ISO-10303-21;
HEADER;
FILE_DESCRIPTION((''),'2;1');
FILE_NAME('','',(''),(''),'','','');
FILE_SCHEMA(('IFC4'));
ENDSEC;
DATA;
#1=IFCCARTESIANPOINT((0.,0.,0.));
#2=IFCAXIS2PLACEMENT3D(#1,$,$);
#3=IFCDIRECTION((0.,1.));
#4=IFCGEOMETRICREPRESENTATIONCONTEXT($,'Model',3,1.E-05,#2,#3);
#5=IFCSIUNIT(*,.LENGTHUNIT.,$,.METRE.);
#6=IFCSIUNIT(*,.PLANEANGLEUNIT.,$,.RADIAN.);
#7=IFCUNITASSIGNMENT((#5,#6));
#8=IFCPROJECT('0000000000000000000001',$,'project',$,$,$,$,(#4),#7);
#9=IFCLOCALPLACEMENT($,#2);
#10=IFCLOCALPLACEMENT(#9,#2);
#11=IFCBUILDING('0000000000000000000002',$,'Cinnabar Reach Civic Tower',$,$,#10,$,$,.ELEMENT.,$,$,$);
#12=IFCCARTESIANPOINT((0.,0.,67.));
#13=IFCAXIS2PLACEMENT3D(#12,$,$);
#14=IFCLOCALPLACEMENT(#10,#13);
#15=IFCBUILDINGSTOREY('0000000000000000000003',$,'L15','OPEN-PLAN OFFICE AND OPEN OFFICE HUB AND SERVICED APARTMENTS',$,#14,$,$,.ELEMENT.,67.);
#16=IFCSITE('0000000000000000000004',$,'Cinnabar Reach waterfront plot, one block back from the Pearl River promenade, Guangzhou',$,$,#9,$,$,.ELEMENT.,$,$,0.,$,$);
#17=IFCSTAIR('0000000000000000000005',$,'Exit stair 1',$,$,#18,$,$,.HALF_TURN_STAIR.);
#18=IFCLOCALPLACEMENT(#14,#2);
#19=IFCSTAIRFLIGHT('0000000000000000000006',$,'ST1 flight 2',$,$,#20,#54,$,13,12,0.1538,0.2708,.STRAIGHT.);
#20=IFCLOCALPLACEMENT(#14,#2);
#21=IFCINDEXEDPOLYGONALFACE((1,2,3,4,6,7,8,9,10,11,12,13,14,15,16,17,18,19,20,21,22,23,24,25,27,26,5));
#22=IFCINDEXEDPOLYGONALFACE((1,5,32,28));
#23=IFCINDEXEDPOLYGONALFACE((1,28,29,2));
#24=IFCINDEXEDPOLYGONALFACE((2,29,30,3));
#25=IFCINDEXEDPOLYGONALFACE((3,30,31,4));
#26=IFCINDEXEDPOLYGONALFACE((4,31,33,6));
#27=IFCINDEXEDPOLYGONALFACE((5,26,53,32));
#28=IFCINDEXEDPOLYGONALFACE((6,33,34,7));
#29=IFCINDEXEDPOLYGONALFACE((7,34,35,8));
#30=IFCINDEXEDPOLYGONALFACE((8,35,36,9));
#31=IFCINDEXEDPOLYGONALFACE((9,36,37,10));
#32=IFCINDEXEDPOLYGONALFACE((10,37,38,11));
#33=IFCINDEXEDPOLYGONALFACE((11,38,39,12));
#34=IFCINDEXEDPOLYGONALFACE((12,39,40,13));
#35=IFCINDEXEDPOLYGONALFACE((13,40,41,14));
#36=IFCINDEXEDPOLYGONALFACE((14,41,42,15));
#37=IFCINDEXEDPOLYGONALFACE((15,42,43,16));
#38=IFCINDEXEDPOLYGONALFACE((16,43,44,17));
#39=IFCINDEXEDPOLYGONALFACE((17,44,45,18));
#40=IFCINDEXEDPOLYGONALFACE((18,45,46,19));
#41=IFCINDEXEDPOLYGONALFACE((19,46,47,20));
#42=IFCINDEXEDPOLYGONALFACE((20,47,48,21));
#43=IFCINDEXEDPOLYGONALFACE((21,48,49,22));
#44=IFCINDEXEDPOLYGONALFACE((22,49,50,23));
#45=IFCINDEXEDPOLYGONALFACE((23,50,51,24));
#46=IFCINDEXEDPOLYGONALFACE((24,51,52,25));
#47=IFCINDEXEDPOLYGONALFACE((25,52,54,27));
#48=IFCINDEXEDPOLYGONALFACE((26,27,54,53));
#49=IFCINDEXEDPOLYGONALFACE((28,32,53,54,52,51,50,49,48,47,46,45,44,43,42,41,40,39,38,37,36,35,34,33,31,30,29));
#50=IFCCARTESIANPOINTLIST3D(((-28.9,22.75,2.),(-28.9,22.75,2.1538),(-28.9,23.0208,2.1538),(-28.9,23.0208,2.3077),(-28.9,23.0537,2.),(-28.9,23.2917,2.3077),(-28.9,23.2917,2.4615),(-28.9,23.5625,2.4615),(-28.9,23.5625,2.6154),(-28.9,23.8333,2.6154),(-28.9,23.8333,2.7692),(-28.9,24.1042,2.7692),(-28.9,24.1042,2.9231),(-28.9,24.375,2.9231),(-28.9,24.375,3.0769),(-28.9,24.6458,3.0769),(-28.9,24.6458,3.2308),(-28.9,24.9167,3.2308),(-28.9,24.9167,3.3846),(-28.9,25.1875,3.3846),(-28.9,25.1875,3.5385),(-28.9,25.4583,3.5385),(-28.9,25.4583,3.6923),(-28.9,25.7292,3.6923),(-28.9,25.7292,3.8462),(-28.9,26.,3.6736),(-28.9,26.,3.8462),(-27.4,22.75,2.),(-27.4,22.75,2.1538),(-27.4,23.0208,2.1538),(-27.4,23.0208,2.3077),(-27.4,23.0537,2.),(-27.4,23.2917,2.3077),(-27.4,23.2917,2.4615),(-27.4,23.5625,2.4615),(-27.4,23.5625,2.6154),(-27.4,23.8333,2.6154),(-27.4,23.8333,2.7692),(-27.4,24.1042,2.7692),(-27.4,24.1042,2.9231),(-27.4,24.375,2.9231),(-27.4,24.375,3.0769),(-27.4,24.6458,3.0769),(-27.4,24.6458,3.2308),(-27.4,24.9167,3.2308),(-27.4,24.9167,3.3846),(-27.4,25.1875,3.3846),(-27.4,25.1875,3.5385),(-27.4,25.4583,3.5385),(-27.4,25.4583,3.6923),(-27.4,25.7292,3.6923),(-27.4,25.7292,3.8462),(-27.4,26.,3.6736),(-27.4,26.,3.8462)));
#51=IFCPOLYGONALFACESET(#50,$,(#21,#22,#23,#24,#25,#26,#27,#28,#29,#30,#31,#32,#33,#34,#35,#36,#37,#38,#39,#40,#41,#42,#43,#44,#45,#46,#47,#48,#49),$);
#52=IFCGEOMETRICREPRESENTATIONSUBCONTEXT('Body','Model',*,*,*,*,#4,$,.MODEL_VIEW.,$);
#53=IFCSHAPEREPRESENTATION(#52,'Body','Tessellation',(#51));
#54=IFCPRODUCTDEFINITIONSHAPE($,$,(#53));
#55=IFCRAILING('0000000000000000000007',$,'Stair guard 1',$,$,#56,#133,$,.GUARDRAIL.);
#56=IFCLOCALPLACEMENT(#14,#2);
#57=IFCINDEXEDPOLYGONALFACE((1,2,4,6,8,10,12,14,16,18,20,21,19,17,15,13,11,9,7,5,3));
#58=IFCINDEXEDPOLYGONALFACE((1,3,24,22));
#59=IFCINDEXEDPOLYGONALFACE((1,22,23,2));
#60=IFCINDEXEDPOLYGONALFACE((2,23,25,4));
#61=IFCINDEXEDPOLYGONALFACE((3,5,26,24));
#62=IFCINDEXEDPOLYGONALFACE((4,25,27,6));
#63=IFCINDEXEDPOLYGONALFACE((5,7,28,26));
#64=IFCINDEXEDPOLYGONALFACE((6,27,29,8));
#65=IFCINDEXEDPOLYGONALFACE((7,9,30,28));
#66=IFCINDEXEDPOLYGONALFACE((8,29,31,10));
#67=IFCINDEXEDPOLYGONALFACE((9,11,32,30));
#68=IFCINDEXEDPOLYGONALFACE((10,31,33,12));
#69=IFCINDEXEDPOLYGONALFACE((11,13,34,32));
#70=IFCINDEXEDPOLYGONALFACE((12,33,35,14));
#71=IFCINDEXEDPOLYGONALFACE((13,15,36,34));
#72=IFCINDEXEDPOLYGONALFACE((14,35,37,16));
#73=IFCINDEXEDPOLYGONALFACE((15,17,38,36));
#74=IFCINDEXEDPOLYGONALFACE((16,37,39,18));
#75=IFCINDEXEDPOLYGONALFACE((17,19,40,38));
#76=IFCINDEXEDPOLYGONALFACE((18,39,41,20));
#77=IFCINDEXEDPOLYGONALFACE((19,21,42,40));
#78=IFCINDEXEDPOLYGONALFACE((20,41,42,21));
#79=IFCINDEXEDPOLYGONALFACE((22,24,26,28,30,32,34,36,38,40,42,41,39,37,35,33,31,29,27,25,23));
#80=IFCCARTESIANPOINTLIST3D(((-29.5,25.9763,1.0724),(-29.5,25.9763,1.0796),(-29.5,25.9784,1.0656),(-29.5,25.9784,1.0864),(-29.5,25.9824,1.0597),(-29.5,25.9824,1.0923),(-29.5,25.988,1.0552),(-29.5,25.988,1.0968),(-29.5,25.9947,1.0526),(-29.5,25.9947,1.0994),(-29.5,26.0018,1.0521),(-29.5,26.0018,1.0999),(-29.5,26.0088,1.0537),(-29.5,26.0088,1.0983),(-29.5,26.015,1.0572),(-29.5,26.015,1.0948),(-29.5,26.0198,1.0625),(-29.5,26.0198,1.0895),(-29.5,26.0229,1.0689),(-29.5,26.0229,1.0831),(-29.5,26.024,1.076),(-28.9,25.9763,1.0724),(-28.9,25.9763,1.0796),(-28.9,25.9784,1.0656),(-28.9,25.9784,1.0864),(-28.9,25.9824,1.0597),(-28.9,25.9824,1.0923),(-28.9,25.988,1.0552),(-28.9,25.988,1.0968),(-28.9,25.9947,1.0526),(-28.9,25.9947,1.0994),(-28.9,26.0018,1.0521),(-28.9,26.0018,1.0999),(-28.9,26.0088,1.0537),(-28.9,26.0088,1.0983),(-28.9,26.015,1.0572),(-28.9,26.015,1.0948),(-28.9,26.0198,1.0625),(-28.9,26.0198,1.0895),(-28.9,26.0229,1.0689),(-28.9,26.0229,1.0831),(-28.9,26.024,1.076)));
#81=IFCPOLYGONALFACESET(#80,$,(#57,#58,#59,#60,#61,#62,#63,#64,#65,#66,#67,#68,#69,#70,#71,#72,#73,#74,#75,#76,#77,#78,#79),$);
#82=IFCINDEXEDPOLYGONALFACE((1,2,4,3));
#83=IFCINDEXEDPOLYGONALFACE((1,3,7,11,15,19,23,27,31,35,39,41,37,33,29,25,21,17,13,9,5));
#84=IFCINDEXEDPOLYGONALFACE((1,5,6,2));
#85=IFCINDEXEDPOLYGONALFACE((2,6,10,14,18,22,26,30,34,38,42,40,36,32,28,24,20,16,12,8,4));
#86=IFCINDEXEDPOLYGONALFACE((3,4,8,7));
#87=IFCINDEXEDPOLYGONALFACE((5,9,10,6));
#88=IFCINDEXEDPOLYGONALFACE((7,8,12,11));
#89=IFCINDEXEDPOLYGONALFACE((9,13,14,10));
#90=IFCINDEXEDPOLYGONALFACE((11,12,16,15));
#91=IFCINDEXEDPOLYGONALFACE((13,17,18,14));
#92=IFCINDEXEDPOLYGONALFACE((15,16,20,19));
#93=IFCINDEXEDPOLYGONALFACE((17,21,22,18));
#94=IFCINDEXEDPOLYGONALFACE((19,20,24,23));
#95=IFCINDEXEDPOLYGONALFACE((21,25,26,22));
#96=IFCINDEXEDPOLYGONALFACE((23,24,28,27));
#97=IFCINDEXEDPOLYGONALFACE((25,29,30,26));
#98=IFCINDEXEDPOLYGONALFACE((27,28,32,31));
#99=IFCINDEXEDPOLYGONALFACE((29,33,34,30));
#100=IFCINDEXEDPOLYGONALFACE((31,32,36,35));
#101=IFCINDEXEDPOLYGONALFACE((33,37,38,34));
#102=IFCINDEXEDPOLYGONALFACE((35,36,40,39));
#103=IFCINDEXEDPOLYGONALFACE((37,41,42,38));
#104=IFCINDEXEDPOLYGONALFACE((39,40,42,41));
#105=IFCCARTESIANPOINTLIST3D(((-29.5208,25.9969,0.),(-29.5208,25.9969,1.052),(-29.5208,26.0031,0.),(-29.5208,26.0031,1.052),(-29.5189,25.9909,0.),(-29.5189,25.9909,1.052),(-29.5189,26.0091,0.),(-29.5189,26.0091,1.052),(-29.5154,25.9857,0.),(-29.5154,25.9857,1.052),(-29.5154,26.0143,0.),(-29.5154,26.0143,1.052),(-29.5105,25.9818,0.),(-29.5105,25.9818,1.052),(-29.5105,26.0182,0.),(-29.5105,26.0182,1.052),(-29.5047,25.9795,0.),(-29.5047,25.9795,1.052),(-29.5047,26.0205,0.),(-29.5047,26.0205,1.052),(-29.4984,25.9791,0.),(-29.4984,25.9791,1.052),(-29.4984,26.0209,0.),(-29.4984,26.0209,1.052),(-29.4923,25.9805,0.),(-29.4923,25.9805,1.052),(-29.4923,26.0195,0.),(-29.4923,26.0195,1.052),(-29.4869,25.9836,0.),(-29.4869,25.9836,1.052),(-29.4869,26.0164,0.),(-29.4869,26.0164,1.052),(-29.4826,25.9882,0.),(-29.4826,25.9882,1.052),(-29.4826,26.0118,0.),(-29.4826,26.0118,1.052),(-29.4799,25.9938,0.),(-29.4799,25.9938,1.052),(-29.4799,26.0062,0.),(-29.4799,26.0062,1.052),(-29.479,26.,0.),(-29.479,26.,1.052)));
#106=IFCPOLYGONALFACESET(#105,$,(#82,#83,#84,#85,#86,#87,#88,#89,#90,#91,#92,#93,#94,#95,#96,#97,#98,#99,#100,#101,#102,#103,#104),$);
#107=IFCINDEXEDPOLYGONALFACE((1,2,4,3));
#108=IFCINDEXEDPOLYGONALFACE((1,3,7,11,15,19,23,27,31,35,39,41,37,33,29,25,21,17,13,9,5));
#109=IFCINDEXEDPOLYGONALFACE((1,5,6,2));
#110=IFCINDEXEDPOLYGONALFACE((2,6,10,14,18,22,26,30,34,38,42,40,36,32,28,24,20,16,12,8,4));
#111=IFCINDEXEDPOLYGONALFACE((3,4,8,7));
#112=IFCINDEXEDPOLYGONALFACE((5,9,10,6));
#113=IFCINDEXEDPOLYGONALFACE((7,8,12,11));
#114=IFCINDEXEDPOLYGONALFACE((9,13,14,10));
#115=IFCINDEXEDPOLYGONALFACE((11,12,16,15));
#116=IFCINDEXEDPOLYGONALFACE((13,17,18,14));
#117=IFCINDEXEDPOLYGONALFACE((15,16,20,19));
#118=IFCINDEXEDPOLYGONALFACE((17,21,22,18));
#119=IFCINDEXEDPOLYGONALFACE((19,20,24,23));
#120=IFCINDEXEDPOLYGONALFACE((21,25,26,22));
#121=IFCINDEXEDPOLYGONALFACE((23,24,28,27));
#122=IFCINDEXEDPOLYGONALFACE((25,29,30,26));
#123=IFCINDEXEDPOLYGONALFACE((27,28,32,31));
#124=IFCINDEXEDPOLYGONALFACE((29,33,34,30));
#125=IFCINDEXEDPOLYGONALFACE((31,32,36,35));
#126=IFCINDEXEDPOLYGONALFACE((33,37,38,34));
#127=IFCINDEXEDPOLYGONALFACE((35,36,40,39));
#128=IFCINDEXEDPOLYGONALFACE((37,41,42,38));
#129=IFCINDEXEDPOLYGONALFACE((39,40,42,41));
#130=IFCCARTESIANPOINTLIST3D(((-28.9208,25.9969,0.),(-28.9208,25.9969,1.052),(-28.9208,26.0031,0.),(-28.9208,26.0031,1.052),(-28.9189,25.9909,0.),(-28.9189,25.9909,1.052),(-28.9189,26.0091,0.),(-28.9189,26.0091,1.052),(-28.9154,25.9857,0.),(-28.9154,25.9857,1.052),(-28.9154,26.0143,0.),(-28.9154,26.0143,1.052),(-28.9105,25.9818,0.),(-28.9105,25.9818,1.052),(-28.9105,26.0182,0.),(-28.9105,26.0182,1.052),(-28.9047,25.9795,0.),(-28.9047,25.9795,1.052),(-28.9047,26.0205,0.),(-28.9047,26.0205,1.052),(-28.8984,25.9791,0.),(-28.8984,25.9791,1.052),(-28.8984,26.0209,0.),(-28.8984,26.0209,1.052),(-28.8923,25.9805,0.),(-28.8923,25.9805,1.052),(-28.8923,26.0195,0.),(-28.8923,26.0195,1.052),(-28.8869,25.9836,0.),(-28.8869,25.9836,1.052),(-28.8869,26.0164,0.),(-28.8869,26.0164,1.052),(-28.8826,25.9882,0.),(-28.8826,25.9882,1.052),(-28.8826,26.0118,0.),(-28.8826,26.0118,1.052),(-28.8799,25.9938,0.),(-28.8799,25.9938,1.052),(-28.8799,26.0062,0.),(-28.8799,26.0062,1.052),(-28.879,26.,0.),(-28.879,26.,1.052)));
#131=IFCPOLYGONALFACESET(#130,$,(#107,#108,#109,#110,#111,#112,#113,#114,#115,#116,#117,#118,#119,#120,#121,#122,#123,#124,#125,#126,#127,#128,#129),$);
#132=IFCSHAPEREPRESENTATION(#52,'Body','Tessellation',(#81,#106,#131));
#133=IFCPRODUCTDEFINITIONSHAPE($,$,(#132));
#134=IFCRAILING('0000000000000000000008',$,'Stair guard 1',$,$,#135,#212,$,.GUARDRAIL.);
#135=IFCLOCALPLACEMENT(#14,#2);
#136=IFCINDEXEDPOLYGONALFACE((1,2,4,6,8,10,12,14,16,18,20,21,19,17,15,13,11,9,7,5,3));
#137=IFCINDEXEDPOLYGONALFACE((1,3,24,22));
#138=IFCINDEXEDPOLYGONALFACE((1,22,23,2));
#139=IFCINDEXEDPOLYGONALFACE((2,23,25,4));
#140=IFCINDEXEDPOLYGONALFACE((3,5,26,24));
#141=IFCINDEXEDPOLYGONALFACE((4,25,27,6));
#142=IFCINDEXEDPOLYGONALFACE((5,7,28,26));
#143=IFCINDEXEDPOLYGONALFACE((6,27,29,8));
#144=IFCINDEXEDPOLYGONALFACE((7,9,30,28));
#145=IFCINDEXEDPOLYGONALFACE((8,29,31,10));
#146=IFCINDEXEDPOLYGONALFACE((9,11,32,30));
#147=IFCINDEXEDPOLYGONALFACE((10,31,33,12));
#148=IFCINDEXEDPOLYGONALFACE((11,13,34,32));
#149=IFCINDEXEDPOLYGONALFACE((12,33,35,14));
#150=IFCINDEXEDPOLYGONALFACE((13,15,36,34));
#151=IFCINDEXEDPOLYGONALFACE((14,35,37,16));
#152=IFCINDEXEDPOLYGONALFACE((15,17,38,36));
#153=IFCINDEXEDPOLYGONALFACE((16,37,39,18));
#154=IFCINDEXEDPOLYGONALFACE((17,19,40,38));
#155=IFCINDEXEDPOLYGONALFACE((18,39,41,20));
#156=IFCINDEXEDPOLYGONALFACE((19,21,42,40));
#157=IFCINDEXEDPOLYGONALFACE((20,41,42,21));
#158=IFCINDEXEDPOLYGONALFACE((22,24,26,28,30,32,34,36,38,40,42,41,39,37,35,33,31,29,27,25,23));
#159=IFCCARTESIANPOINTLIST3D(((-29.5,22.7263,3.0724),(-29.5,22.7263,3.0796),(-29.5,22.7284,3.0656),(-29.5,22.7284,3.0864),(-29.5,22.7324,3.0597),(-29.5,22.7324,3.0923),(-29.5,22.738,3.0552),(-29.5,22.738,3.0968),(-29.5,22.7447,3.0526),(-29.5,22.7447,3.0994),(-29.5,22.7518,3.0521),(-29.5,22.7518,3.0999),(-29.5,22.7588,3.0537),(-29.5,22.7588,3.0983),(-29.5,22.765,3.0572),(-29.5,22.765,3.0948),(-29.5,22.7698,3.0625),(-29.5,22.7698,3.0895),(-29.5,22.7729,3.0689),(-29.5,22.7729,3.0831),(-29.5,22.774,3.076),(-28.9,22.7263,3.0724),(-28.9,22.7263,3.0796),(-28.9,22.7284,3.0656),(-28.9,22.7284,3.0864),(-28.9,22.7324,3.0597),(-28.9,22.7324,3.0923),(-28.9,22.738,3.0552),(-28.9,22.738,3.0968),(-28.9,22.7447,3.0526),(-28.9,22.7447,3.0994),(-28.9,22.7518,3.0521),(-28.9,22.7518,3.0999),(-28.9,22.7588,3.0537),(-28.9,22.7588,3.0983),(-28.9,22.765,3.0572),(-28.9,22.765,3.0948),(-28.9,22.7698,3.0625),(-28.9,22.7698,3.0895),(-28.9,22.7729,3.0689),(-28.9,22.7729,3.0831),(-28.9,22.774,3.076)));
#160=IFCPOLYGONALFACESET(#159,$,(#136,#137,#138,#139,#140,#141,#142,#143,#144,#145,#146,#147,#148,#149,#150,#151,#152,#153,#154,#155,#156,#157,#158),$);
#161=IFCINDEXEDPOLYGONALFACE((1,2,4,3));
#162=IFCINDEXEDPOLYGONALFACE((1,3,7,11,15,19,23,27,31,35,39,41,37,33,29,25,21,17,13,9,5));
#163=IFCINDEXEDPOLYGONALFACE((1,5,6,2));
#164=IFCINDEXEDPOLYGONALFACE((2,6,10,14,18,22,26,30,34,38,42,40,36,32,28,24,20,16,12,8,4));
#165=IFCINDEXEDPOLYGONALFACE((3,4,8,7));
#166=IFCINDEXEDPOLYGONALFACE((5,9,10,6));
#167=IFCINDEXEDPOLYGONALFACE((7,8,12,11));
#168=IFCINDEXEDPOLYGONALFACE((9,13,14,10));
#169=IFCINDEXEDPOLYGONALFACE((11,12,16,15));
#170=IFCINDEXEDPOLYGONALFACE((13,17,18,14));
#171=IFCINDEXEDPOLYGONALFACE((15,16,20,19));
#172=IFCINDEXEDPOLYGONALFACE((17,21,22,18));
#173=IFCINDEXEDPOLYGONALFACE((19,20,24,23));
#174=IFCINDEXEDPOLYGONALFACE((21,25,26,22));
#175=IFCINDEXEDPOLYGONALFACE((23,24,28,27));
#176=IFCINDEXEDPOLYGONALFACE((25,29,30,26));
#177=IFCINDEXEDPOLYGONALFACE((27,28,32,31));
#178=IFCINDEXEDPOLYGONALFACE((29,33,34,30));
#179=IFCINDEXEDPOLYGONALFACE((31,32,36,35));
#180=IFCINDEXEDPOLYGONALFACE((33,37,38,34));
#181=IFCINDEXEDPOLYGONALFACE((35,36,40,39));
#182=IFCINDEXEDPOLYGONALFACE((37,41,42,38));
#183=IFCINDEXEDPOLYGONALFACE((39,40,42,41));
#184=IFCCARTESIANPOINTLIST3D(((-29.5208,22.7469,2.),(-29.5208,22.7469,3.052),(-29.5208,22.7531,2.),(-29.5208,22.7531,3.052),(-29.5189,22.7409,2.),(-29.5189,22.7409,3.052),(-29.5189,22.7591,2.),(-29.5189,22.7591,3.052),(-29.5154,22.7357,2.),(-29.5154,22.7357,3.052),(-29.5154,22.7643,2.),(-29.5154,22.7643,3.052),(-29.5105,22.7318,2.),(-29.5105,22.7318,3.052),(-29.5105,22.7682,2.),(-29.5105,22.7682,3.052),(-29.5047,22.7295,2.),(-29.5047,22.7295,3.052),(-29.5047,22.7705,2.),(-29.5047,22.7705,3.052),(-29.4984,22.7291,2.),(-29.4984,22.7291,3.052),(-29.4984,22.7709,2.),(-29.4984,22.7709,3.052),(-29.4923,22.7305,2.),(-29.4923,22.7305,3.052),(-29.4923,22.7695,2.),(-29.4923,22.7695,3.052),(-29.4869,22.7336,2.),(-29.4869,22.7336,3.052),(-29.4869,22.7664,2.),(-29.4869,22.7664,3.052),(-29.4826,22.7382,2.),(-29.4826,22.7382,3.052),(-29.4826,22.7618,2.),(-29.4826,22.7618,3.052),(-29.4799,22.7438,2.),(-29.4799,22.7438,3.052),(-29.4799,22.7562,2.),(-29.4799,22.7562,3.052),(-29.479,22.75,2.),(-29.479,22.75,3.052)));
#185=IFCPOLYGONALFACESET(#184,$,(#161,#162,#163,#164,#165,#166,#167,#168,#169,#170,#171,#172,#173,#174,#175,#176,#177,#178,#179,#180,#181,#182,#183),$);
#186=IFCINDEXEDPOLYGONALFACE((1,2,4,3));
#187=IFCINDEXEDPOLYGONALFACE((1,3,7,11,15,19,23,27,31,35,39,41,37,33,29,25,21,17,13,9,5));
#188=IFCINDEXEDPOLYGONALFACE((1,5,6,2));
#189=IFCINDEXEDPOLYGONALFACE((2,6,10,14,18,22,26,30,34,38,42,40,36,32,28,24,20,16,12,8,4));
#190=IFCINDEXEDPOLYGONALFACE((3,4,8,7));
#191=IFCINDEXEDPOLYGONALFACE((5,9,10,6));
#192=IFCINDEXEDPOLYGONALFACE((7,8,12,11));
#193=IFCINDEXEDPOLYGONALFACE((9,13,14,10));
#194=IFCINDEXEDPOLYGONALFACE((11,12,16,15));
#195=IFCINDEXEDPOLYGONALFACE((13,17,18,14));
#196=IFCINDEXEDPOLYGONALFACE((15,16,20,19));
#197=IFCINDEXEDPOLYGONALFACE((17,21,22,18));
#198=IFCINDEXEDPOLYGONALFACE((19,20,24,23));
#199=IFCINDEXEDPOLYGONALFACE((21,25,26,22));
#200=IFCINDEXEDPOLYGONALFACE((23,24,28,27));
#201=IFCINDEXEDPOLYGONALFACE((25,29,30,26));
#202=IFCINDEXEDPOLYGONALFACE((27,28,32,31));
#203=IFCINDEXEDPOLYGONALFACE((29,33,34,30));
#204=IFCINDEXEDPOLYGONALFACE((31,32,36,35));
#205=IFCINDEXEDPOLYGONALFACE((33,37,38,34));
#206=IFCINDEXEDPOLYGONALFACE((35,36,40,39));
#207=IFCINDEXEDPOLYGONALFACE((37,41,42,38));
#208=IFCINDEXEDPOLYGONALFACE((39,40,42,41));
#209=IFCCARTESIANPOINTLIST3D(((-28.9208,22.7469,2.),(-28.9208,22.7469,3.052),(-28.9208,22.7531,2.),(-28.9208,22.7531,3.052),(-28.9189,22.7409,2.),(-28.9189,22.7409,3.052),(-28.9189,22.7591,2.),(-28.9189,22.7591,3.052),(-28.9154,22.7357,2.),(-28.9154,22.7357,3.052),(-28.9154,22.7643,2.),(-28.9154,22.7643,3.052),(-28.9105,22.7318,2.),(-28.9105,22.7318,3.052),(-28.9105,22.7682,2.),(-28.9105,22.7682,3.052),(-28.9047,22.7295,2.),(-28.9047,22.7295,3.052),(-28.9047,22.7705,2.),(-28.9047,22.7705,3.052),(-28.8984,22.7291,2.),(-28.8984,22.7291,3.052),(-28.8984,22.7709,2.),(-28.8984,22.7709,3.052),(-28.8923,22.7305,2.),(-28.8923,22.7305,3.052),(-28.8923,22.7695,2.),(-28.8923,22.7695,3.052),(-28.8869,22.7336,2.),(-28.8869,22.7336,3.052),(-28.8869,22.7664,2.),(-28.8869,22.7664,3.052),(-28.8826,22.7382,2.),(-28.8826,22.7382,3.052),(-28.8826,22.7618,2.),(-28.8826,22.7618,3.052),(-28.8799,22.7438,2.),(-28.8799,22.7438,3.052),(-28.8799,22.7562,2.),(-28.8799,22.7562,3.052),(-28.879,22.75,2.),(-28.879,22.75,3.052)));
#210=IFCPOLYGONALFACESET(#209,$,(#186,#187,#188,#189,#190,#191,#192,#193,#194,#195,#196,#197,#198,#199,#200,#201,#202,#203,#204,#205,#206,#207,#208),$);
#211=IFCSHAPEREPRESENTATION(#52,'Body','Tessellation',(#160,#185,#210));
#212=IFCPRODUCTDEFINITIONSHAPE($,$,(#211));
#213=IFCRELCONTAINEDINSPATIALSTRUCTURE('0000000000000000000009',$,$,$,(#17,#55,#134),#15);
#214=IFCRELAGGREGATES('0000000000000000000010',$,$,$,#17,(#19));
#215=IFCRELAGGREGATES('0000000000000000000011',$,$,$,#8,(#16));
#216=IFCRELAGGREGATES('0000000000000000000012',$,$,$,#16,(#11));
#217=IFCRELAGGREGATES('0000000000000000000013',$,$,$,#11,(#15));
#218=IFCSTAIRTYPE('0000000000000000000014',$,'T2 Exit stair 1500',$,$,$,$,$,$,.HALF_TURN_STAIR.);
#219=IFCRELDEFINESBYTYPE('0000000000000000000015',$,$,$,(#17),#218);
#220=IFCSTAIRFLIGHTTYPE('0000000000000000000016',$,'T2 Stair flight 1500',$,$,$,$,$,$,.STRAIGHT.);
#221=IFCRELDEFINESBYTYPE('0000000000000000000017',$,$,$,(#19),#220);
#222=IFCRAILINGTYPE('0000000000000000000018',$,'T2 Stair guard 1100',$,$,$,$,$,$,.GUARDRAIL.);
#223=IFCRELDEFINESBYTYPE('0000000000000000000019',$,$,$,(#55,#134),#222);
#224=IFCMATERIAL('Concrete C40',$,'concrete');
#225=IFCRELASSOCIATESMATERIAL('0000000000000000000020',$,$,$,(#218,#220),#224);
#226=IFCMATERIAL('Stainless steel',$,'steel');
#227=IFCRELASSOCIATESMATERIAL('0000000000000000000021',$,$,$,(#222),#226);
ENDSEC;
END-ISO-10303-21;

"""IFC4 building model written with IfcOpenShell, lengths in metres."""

from ifc_helpers import new_model, si_unit, direction, frame, origin, origin_2d, place, context, subcontext, project, spatial, polyline, circle, outline, extrude, material, type_object, element, aggregate, save


model = new_model("IFC4")

# Units and contexts
model_context = context("Model", 3, precision=1e-05, world=origin(), true_north=direction((0.0, 1.0)))
body_context = subcontext(model_context, "Body", "Model", "MODEL_VIEW")
ifc_project = project(units=[si_unit("LENGTHUNIT", "METRE"), si_unit("PLANEANGLEUNIT", "RADIAN")], contexts=[model_context])

# Site, building, storey
site_placement = place(None, origin())
site = spatial("IfcSite", under=ifc_project, at=site_placement, Name="Cinnabar Reach waterfront plot, one block back from the Pearl River promenade, Guangzhou", CompositionType="ELEMENT", RefElevation=0.0)
building_placement = place(site_placement, origin())
building = spatial("IfcBuilding", under=site, at=building_placement, Name="Cinnabar Reach Civic Tower", CompositionType="ELEMENT")
storey_placement = place(building_placement, frame((0.0, 0.0, 67.0)))
storey = spatial("IfcBuildingStorey", under=building, at=storey_placement, Name="L15", Description="OPEN-PLAN OFFICE AND OPEN OFFICE HUB AND SERVICED APARTMENTS", CompositionType="ELEMENT", Elevation=67.0)

# Shared definitions
ifc_material_1 = material(Name="Concrete C40", Category="concrete")

# Stair, stair flight
stair_type = type_object("IfcStairType", Name="T2 Exit stair 1500", PredefinedType="HALF_TURN_STAIR", material=ifc_material_1)
stair_placement = place(storey_placement, origin())
stair = element("IfcStair", 1, at=stair_placement, inside=storey, type_object=stair_type, Name="Exit stair 1", PredefinedType="HALF_TURN_STAIR")
stair_flight_type = type_object("IfcStairFlightType", Name="T2 Stair flight 1500", PredefinedType="STRAIGHT", material=ifc_material_1)
stair_flight_1_placement = place(storey_placement, frame((-28.15, 22.75, 2.0), z_axis=(0.0, 0.0, 1.0), x_axis=(0.0, 1.0, 0.0)))
stair_flight_1 = element("IfcStairFlight", 2, at=stair_flight_1_placement, type_object=stair_flight_type, Name="ST1 flight 2", NumberOfRisers=13, NumberOfTreads=12, PredefinedType="STRAIGHT", RiserHeight=0.1538, TreadLength=0.2708, context=body_context, shape_type="SweptSolid", body=[
    extrude(outline(polyline([(0.0, 0.0), (0.0, 0.1538), (0.2708, 0.1538), (0.2708, 0.3077), (0.5417, 0.3077), (0.5417, 0.4615), (0.8125, 0.4615), (0.8125, 0.6154), (1.0833, 0.6154), (1.0833, 0.7692), (1.3542, 0.7692), (1.3542, 0.9231), (1.625, 0.9231), (1.625, 1.0769), (1.8958, 1.0769), (1.8958, 1.2308), (2.1667, 1.2308), (2.1667, 1.3846), (2.4375, 1.3846), (2.4375, 1.5385), (2.7083, 1.5385), (2.7083, 1.6923), (2.9792, 1.6923), (2.9792, 1.8462), (3.25, 1.8462), (3.25, 2.0), (3.25, 1.6736), (0.3037, 0.0), (0.0, 0.0)])), frame((0.0, 0.75, 0.0), z_axis=(0.0, -1.0, 0.0), x_axis=(1.0, 0.0, 0.0)), (0.0, 0.0, 1.0), 1.5),
])
aggregate(stair, [stair_flight_1])

# Railings
ifc_material_2 = material(Name="Stainless steel", Category="steel")
railing_type = type_object("IfcRailingType", Name="T2 Stair guard 1100", PredefinedType="GUARDRAIL", material=ifc_material_2)
for number, where, name in (
    (3, (-29.5, 26.0, 0.0), "Stair guard 1"),
    (4, (-29.5, 22.75, 2.0), "Stair guard 1"),
):
    element("IfcRailing", number, at=place(storey_placement, frame(where)), inside=storey, type_object=railing_type, Name=name, PredefinedType="GUARDRAIL", context=body_context, shape_type="SweptSolid", body=[
        extrude(circle(Radius=0.024, at=origin_2d()), frame((0.0, 0.0, 1.076), z_axis=(1.0, 0.0, 0.0), x_axis=(0.0, 1.0, 0.0)), (0.0, 0.0, 1.0), 0.6),
        extrude(circle(Radius=0.021, at=origin_2d()), origin(), (0.0, 0.0, 1.0), 1.052),
        extrude(circle(Radius=0.021, at=origin_2d()), frame((0.6, 0.0, 0.0)), (0.0, 0.0, 1.0), 1.052),
    ])

save(model, "model.ifc")
